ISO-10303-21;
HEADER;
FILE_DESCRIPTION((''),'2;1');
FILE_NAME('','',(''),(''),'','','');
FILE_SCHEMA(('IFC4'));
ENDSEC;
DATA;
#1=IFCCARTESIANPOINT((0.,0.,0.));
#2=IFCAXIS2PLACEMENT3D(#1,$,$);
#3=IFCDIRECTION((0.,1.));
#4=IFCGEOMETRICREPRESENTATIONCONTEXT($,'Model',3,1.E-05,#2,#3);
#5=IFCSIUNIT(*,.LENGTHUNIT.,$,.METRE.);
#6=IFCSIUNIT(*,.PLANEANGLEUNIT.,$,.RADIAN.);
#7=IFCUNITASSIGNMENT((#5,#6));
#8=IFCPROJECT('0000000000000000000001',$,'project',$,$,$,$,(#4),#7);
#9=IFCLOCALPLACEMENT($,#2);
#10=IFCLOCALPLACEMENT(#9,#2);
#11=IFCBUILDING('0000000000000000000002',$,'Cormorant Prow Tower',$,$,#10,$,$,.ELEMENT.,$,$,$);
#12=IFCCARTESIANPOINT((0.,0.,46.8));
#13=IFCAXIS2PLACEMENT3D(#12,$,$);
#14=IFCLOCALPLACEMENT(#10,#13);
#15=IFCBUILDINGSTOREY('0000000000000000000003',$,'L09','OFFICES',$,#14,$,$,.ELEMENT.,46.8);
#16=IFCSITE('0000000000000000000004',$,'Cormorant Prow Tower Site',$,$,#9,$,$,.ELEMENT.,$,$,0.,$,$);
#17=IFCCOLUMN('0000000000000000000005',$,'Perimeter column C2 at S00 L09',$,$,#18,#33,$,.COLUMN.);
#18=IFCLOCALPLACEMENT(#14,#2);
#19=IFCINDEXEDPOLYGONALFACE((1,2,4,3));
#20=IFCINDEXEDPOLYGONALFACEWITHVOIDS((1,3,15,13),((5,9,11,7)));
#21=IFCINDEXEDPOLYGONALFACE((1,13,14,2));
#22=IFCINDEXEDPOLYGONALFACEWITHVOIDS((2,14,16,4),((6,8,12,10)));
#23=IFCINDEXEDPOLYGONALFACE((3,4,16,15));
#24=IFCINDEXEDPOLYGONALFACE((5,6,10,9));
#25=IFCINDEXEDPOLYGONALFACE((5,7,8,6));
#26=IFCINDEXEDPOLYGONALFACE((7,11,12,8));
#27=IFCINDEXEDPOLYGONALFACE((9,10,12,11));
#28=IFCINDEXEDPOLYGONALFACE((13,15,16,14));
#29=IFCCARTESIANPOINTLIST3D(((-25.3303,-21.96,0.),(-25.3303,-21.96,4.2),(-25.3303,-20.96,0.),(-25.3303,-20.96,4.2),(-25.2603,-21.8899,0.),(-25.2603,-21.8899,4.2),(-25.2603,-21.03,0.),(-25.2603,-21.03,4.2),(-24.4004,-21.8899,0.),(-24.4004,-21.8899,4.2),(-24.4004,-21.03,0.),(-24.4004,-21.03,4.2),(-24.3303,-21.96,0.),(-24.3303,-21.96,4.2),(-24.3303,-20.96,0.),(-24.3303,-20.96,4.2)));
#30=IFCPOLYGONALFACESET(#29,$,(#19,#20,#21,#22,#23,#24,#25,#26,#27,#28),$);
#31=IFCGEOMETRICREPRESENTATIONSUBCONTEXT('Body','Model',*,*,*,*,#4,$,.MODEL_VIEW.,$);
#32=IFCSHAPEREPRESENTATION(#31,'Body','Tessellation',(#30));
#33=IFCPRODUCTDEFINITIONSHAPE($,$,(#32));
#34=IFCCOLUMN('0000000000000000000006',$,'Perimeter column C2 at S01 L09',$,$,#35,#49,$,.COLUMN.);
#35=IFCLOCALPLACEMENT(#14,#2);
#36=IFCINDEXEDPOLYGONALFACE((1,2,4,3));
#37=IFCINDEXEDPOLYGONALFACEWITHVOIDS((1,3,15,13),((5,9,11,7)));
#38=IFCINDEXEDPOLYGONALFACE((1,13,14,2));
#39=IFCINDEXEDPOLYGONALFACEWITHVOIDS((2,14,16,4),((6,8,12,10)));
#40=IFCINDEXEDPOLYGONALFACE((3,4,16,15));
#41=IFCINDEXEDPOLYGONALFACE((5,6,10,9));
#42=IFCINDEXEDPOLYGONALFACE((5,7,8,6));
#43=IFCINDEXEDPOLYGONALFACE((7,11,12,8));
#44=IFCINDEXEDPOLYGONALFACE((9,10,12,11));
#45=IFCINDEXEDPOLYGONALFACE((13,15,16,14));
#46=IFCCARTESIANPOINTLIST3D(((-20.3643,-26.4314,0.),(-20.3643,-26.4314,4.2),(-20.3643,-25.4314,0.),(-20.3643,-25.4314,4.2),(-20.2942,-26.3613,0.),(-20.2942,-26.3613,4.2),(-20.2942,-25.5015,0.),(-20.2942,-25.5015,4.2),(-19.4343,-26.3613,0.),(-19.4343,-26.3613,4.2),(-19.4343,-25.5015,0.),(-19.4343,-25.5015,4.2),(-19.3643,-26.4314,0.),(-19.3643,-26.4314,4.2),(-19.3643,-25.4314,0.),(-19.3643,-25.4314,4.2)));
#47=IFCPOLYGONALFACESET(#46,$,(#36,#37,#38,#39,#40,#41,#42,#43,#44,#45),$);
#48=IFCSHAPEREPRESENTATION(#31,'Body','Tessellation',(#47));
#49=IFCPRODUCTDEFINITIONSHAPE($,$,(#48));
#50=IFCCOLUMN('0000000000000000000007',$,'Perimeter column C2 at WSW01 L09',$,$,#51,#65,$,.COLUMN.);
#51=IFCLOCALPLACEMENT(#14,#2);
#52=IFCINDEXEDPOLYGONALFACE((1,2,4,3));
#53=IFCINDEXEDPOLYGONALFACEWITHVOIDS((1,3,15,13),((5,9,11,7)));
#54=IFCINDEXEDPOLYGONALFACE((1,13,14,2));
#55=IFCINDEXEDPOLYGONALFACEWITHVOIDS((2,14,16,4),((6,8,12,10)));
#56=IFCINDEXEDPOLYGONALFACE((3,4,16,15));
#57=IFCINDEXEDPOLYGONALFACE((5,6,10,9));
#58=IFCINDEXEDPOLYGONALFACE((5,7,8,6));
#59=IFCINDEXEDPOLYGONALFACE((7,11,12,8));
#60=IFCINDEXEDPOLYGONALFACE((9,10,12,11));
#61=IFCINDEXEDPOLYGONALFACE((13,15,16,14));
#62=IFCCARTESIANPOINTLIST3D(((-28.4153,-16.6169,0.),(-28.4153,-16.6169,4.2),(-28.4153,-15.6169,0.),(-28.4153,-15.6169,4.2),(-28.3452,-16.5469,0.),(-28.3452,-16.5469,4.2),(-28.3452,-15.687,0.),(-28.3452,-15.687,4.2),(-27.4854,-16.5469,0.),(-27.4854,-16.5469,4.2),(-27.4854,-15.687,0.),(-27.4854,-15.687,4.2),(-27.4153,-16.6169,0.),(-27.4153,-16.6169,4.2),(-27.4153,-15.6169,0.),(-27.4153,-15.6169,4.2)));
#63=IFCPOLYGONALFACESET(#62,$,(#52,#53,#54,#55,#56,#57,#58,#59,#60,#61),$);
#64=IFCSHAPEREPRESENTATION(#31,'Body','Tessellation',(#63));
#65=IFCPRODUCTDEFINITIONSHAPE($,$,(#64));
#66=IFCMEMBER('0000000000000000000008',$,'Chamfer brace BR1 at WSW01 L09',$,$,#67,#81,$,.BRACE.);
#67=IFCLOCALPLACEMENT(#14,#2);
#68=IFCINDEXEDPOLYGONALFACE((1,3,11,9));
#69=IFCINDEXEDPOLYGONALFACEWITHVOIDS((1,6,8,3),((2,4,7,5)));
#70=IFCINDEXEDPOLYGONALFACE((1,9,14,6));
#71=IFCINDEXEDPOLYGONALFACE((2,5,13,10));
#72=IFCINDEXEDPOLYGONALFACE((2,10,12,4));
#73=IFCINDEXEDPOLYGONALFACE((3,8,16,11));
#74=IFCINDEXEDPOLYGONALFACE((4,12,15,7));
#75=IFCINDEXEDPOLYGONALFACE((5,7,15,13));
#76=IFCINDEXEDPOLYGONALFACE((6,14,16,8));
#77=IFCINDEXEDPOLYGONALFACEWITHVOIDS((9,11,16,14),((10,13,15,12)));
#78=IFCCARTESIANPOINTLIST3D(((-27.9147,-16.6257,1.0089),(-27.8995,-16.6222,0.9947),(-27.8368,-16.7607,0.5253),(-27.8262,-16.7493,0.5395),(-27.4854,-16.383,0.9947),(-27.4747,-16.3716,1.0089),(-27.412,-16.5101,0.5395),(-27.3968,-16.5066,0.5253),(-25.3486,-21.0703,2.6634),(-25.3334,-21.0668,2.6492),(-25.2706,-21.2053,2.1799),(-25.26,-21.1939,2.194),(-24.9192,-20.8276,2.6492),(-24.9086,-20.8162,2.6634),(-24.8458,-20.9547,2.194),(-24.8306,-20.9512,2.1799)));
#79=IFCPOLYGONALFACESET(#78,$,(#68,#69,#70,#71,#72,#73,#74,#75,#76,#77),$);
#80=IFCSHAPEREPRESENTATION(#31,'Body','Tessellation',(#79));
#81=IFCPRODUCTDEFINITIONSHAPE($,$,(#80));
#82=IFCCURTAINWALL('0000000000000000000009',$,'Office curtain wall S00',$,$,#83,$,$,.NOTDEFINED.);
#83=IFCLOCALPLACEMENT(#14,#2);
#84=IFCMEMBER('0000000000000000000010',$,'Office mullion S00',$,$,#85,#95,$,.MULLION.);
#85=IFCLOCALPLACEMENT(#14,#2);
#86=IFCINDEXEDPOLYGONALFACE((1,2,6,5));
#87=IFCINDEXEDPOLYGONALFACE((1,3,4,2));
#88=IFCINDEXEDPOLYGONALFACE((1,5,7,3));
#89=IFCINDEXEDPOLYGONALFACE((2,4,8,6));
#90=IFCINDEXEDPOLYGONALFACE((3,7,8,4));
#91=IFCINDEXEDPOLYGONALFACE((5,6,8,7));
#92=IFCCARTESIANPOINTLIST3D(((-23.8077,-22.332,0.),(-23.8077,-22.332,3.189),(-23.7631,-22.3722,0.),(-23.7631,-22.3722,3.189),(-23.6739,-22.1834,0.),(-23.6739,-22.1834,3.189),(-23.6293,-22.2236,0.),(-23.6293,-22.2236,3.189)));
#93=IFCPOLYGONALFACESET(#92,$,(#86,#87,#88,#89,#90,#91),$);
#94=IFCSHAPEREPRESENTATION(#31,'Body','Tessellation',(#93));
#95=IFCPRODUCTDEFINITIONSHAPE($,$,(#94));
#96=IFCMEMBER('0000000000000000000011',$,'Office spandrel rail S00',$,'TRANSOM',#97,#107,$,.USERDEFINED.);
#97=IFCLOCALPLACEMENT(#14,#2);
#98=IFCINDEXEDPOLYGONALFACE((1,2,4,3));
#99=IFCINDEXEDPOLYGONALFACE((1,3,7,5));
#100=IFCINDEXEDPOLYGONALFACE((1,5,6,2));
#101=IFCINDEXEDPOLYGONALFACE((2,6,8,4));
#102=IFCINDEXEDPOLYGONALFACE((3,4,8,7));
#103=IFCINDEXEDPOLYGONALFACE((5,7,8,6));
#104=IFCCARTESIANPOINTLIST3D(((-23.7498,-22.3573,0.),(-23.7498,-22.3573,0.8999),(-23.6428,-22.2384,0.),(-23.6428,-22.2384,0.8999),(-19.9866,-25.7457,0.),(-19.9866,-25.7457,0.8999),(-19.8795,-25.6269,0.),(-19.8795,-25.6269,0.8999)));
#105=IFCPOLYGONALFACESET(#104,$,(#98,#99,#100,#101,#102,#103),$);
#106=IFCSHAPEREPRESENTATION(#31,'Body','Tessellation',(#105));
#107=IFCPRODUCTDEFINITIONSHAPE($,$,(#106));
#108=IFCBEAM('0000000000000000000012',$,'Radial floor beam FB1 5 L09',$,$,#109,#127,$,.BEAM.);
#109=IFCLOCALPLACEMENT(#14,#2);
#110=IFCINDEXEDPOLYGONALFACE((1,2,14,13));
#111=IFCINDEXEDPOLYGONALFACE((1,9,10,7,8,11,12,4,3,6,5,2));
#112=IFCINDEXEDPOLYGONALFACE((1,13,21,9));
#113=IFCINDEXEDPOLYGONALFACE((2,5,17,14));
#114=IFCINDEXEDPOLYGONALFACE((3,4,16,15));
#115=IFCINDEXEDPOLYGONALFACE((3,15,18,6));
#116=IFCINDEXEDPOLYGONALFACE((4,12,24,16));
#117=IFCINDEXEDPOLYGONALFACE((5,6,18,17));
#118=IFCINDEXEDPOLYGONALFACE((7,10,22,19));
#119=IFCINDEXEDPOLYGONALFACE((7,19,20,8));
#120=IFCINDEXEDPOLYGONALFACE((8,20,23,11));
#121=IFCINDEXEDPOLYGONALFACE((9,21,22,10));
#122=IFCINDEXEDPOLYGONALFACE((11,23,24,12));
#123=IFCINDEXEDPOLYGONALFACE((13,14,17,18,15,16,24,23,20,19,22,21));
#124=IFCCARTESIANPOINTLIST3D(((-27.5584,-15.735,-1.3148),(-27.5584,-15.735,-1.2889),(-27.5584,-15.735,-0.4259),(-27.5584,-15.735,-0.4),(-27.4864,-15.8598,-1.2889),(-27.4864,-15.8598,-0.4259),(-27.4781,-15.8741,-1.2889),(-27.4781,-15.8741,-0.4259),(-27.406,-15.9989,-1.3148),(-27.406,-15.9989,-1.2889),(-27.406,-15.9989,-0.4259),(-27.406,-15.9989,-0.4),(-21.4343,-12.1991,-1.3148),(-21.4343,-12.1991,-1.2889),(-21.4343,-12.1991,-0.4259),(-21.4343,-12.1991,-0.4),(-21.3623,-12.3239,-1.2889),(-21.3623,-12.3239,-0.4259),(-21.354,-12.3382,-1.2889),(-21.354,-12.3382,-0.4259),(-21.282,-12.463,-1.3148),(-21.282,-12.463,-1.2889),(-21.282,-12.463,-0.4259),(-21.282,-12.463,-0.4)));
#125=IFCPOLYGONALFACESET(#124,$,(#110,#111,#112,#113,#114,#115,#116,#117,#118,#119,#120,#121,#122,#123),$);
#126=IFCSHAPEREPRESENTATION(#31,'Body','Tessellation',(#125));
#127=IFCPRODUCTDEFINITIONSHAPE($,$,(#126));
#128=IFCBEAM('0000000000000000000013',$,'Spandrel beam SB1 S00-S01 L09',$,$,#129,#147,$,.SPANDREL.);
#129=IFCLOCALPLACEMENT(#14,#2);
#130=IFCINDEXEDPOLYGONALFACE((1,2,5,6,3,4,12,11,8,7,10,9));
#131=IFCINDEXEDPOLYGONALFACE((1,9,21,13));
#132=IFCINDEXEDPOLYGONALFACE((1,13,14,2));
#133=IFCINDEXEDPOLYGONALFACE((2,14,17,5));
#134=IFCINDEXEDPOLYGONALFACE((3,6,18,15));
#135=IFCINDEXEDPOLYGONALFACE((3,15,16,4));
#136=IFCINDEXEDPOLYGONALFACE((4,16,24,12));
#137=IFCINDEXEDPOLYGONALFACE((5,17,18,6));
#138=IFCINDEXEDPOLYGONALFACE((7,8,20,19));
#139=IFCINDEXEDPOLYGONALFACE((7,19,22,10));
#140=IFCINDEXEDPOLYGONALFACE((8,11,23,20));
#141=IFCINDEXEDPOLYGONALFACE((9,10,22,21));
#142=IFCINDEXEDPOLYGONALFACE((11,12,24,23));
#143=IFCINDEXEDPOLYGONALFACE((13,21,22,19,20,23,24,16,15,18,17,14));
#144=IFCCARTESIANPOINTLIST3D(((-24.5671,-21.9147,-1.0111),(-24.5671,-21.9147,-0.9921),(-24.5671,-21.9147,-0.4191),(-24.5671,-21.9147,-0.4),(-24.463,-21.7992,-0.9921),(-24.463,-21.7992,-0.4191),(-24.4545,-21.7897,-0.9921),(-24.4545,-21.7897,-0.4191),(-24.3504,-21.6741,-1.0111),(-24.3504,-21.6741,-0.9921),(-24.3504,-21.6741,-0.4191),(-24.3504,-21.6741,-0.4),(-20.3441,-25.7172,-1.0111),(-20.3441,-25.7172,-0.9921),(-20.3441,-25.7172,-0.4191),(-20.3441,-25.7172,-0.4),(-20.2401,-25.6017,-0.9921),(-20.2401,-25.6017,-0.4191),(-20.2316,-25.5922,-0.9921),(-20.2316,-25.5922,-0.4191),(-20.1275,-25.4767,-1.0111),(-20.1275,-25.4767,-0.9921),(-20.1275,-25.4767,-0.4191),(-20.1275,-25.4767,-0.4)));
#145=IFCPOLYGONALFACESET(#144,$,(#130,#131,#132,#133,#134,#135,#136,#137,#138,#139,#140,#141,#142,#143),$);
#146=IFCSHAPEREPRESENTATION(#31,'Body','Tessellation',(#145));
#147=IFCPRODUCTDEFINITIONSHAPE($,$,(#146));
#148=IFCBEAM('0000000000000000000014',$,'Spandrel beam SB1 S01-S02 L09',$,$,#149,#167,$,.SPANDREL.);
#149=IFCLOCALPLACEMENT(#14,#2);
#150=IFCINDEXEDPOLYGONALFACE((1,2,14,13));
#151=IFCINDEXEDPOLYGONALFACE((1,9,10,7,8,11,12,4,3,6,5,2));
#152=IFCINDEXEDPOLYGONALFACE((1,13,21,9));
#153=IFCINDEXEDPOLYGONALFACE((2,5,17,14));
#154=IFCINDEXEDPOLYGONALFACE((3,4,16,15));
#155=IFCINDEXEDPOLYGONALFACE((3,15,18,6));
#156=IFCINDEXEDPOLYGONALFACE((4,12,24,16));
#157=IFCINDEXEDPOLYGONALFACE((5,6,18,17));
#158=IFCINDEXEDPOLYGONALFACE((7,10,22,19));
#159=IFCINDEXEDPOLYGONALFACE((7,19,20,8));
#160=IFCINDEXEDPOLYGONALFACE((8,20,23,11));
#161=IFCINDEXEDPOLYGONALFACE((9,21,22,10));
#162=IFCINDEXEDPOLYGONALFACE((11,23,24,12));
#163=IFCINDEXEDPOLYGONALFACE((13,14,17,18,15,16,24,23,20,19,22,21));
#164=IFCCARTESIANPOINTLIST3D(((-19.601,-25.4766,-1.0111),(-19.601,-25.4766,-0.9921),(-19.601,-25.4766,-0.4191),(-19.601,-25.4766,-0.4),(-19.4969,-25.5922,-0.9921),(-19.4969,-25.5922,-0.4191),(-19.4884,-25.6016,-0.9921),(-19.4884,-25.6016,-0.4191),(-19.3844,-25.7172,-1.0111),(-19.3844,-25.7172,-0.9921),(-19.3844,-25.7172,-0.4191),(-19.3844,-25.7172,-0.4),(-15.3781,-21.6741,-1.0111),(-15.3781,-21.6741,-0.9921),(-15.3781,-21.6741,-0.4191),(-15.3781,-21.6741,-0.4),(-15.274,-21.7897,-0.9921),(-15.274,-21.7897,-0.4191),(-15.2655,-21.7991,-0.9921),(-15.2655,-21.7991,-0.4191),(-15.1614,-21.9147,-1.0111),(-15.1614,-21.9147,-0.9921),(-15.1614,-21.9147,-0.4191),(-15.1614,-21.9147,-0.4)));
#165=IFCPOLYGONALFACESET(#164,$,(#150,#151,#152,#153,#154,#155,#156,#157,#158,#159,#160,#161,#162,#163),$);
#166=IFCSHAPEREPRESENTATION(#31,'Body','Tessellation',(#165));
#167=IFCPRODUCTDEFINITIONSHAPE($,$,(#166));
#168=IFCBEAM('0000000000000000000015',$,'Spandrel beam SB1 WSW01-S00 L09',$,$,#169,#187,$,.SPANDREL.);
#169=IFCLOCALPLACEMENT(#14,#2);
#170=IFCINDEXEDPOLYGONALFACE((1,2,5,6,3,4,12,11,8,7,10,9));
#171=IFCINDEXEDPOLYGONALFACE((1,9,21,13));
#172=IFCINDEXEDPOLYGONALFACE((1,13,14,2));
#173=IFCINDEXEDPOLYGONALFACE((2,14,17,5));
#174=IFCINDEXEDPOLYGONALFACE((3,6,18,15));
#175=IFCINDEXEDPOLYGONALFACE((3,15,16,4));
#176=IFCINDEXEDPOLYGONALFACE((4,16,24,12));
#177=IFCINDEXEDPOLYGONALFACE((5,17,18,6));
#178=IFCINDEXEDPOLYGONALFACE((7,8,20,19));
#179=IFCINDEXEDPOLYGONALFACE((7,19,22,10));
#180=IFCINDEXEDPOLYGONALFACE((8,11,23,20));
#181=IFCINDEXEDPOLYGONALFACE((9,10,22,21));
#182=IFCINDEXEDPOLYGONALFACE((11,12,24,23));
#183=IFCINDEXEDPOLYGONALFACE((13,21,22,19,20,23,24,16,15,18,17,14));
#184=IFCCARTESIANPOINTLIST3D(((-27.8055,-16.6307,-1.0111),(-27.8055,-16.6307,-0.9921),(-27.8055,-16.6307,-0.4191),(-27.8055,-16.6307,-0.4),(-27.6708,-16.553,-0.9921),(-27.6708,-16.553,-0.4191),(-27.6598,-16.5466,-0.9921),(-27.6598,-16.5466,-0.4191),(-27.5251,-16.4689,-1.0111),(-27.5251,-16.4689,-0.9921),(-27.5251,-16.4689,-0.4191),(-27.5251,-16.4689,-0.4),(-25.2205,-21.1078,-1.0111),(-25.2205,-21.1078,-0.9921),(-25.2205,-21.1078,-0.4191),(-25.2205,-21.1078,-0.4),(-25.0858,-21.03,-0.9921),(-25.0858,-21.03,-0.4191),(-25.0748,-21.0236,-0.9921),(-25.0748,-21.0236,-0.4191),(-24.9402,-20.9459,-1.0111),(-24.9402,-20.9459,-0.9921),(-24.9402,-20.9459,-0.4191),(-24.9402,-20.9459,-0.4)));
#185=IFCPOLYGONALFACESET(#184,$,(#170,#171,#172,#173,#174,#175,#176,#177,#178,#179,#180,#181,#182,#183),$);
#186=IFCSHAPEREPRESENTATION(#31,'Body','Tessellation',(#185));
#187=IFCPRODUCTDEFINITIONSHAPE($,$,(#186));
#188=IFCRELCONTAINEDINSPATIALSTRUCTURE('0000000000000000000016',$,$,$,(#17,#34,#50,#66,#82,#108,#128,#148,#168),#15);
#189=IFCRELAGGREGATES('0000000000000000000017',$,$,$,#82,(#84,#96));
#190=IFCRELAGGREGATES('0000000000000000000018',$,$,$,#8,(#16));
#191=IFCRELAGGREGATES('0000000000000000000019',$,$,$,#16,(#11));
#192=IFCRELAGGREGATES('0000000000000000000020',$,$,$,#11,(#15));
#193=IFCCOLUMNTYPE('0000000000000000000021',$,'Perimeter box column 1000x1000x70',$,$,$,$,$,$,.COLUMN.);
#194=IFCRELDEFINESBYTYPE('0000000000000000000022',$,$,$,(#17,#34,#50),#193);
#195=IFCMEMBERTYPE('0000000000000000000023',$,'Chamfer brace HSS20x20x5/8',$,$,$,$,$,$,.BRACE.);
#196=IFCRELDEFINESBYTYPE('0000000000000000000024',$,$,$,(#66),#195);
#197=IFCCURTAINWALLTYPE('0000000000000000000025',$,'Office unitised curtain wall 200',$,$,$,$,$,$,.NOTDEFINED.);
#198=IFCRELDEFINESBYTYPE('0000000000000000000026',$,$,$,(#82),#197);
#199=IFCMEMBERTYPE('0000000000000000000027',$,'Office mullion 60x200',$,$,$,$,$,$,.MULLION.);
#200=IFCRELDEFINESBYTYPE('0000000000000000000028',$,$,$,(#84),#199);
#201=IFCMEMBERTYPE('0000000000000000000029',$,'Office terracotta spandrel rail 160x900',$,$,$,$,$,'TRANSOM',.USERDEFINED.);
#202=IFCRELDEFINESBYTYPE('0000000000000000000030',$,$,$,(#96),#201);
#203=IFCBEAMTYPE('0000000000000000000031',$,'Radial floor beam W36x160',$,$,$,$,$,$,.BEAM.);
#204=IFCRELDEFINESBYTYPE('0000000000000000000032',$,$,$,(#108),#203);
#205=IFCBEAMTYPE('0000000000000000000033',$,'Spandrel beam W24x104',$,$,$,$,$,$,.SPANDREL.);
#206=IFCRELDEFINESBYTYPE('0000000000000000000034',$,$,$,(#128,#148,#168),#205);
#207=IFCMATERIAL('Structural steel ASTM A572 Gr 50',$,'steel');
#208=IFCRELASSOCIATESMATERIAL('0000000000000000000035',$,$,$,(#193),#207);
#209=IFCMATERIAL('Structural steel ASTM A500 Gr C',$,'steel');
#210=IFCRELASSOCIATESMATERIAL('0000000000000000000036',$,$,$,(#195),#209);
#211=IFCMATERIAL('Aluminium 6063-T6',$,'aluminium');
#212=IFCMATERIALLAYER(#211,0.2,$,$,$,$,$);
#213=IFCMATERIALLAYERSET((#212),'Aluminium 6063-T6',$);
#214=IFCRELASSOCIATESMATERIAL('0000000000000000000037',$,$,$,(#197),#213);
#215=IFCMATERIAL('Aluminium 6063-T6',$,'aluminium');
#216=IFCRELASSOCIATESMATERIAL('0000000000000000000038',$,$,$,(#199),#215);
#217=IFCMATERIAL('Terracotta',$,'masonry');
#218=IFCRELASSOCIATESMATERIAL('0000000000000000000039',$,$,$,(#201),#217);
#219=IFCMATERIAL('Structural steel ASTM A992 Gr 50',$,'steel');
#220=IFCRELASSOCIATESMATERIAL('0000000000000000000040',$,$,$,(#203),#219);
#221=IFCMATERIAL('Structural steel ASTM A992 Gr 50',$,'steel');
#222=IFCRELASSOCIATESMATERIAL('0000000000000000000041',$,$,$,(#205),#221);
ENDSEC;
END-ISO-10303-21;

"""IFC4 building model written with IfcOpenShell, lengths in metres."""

from ifc_helpers import new_model, si_unit, direction, frame, origin, origin_2d, place, context, subcontext, project, spatial, rectangle, hollow_rectangle, i_section, extrude, material, layer, layer_set, material_profile, profile_set, type_object, element, aggregate, save


model = new_model("IFC4")

# Units and contexts
model_context = context("Model", 3, precision=1e-05, world=origin(), true_north=direction((0.0, 1.0)))
body_context = subcontext(model_context, "Body", "Model", "MODEL_VIEW")
ifc_project = project(units=[si_unit("LENGTHUNIT", "METRE"), si_unit("PLANEANGLEUNIT", "RADIAN")], contexts=[model_context])

# Site, building, storey
site_placement = place(None, origin())
site = spatial("IfcSite", under=ifc_project, at=site_placement, Name="Cormorant Prow Tower Site", CompositionType="ELEMENT", RefElevation=0.0)
building_placement = place(site_placement, origin())
building = spatial("IfcBuilding", under=site, at=building_placement, Name="Cormorant Prow Tower", CompositionType="ELEMENT")
storey_placement = place(building_placement, frame((0.0, 0.0, 46.8)))
storey = spatial("IfcBuildingStorey", under=building, at=storey_placement, Name="L09", Description="OFFICES", CompositionType="ELEMENT", Elevation=46.8)

# Columns
ifc_material_1 = material(Name="Structural steel ASTM A572 Gr 50", Category="steel")
ifc_material_profile_1 = material_profile(ifc_material_1, hollow_rectangle(XDim=1.0, YDim=1.0, WallThickness=0.0701, at=origin_2d()), Name="Box 1000x1000x70")
ifc_profile_set_1 = profile_set([ifc_material_profile_1], Name="Structural steel ASTM A572 Gr 50")
column_type = type_object("IfcColumnType", Name="Perimeter box column 1000x1000x70", PredefinedType="COLUMN", material=ifc_profile_set_1)
for number, where, z_axis, x_axis, name in (
    (1, (-24.8303, -21.46, 0.0), (0.0, 0.0, 1.0), (1.0, 0.0, 0.0), "Perimeter column C2 at S00 L09"),
    (2, (-19.8643, -25.9314, 0.0), (0.0, 0.0, 1.0), (1.0, 0.0, 0.0), "Perimeter column C2 at S01 L09"),
    (3, (-27.9153, -16.1169, 0.0), (0.0, 0.0, 1.0), (1.0, 0.0, 0.0), "Perimeter column C2 at WSW01 L09"),
):
    element("IfcColumn", number, at=place(storey_placement, frame(where, z_axis=z_axis, x_axis=x_axis)), inside=storey, type_object=column_type, Name=name, PredefinedType="COLUMN", context=body_context, shape_type="SweptSolid", body=[
        extrude(hollow_rectangle(XDim=1.0, YDim=1.0, WallThickness=0.0701, at=origin_2d()), origin(), (0.0, 0.0, 1.0), 4.2),
    ])

# Member
ifc_material_2 = material(Name="Structural steel ASTM A500 Gr C", Category="steel")
ifc_material_profile_2 = material_profile(ifc_material_2, hollow_rectangle(XDim=0.5081, YDim=0.5081, WallThickness=0.0149, at=origin_2d()), Name="HSS20x20x5/8")
ifc_profile_set_2 = profile_set([ifc_material_profile_2], Name="Structural steel ASTM A500 Gr C")
member_type_1 = type_object("IfcMemberType", Name="Chamfer brace HSS20x20x5/8", PredefinedType="BRACE", material=ifc_profile_set_2)
member_1_placement = place(storey_placement, frame((-27.6558, -16.5662, 0.7671), z_axis=(0.475893, -0.824244, 0.306834), x_axis=(0.866018, 0.500012, 0.0)))
element("IfcMember", 4, at=member_1_placement, inside=storey, type_object=member_type_1, Name="Chamfer brace BR1 at WSW01 L09", PredefinedType="BRACE", context=body_context, shape_type="SweptSolid", body=[
    extrude(hollow_rectangle(XDim=0.5081, YDim=0.5081, WallThickness=0.0149, at=origin_2d()), origin(), (0.0, 0.0, 1.0), 5.3923),
])

# Curtain wall, members
ifc_material_3 = material(Name="Aluminium 6063-T6", Category="aluminium")
ifc_layer_1 = layer(ifc_material_3, 0.2)
ifc_layer_set_1 = layer_set([ifc_layer_1], Name="Aluminium 6063-T6")
curtain_wall_type = type_object("IfcCurtainWallType", Name="Office unitised curtain wall 200", PredefinedType="NOTDEFINED", material=ifc_layer_set_1)
curtain_wall_placement = place(storey_placement, origin())
curtain_wall = element("IfcCurtainWall", 5, at=curtain_wall_placement, inside=storey, type_object=curtain_wall_type, Name="Office curtain wall S00", PredefinedType="NOTDEFINED")
ifc_material_4 = material(Name="Aluminium 6063-T6", Category="aluminium")
ifc_material_profile_3 = material_profile(ifc_material_4, rectangle(XDim=0.2, YDim=0.0601, at=origin_2d()), Name="Office mullion 60x200")
ifc_profile_set_3 = profile_set([ifc_material_profile_3], Name="Aluminium 6063-T6")
member_type_2 = type_object("IfcMemberType", Name="Office mullion 60x200", PredefinedType="MULLION", material=ifc_profile_set_3)
member_2_placement = place(storey_placement, frame((-23.7185, -22.2778, 0.0), z_axis=(0.0, 0.0, 1.0), x_axis=(0.669131, 0.743145, 0.0)))
member_2 = element("IfcMember", 6, at=member_2_placement, type_object=member_type_2, Name="Office mullion S00", PredefinedType="MULLION", context=body_context, shape_type="SweptSolid", body=[
    extrude(rectangle(XDim=0.2, YDim=0.0601, at=origin_2d()), origin(), (0.0, 0.0, 1.0), 3.189),
])
ifc_material_5 = material(Name="Terracotta", Category="masonry")
ifc_material_profile_4 = material_profile(ifc_material_5, rectangle(XDim=0.1599, YDim=0.8999, at=origin_2d()), Name="Office terracotta spandrel rail 160x900")
ifc_profile_set_4 = profile_set([ifc_material_profile_4], Name="Terracotta")
member_type_3 = type_object("IfcMemberType", Name="Office terracotta spandrel rail 160x900", ElementType="TRANSOM", PredefinedType="USERDEFINED", material=ifc_profile_set_4)
member_3_placement = place(storey_placement, frame((-23.6963, -22.2979, 0.45), z_axis=(0.743141, -0.669135, 0.0), x_axis=(0.669135, 0.743141, 0.0)))
member_3 = element("IfcMember", 7, at=member_3_placement, type_object=member_type_3, Name="Office spandrel rail S00", ObjectType="TRANSOM", PredefinedType="USERDEFINED", context=body_context, shape_type="SweptSolid", body=[
    extrude(rectangle(XDim=0.1599, YDim=0.8999, at=origin_2d()), origin(), (0.0, 0.0, 1.0), 5.064),
])

# Beams
ifc_material_6 = material(Name="Structural steel ASTM A992 Gr 50", Category="steel")
ifc_material_profile_5 = material_profile(ifc_material_6, i_section(OverallWidth=0.3047, OverallDepth=0.9148, WebThickness=0.0166, FlangeThickness=0.0259, at=origin_2d()), Name="W36x160")
ifc_profile_set_5 = profile_set([ifc_material_profile_5], Name="Structural steel ASTM A992 Gr 50")
beam_type_1 = type_object("IfcBeamType", Name="Radial floor beam W36x160", PredefinedType="BEAM", material=ifc_profile_set_5)
beam_1_placement = place(storey_placement, frame((-21.3582, -12.3311, -0.8574), z_axis=(-0.866014, -0.500019, 0.0), x_axis=(0.500019, -0.866014, 0.0)))
element("IfcBeam", 8, at=beam_1_placement, inside=storey, type_object=beam_type_1, Name="Radial floor beam FB1 5 L09", PredefinedType="BEAM", context=body_context, shape_type="SweptSolid", body=[
    extrude(i_section(OverallWidth=0.3047, OverallDepth=0.9148, WebThickness=0.0166, FlangeThickness=0.0259, at=origin_2d()), origin(), (0.0, 0.0, 1.0), 7.0715),
])
ifc_material_7 = material(Name="Structural steel ASTM A992 Gr 50", Category="steel")
ifc_material_profile_6 = material_profile(ifc_material_7, i_section(OverallWidth=0.3237, OverallDepth=0.6111, WebThickness=0.0127, FlangeThickness=0.019, at=origin_2d()), Name="W24x104")
ifc_profile_set_6 = profile_set([ifc_material_profile_6], Name="Structural steel ASTM A992 Gr 50")
beam_type_2 = type_object("IfcBeamType", Name="Spandrel beam W24x104", PredefinedType="SPANDREL", material=ifc_profile_set_6)
for number, where, z_axis, x_axis, name in (
    (9, (-24.4587, -21.7944, -0.7056), (0.74313, -0.669147, 0.0), (0.669147, 0.74313, 0.0), "Spandrel beam SB1 S00-S01 L09"),
    (10, (-19.4927, -25.5969, -0.7056), (0.74313, 0.669147, 0.0), (-0.669147, 0.74313, 0.0), "Spandrel beam SB1 S01-S02 L09"),
):
    element("IfcBeam", number, at=place(storey_placement, frame(where, z_axis=z_axis, x_axis=x_axis)), inside=storey, type_object=beam_type_2, Name=name, PredefinedType="SPANDREL", context=body_context, shape_type="SweptSolid", body=[
        extrude(i_section(OverallWidth=0.3237, OverallDepth=0.6111, WebThickness=0.0127, FlangeThickness=0.019, at=origin_2d()), origin(), (0.0, 0.0, 1.0), 5.6826),
    ])
beam_2_placement = place(storey_placement, frame((-27.6653, -16.5498, -0.7056), z_axis=(0.50002, -0.866014, 0.0), x_axis=(0.866014, 0.50002, 0.0)))
element("IfcBeam", 11, at=beam_2_placement, inside=storey, type_object=beam_type_2, Name="Spandrel beam SB1 WSW01-S00 L09", PredefinedType="SPANDREL", context=body_context, shape_type="SweptSolid", body=[
    extrude(i_section(OverallWidth=0.3237, OverallDepth=0.6111, WebThickness=0.0127, FlangeThickness=0.019, at=origin_2d()), origin(), (0.0, 0.0, 1.0), 5.1697),
])

aggregate(curtain_wall, [member_2, member_3])

save(model, "model.ifc")
